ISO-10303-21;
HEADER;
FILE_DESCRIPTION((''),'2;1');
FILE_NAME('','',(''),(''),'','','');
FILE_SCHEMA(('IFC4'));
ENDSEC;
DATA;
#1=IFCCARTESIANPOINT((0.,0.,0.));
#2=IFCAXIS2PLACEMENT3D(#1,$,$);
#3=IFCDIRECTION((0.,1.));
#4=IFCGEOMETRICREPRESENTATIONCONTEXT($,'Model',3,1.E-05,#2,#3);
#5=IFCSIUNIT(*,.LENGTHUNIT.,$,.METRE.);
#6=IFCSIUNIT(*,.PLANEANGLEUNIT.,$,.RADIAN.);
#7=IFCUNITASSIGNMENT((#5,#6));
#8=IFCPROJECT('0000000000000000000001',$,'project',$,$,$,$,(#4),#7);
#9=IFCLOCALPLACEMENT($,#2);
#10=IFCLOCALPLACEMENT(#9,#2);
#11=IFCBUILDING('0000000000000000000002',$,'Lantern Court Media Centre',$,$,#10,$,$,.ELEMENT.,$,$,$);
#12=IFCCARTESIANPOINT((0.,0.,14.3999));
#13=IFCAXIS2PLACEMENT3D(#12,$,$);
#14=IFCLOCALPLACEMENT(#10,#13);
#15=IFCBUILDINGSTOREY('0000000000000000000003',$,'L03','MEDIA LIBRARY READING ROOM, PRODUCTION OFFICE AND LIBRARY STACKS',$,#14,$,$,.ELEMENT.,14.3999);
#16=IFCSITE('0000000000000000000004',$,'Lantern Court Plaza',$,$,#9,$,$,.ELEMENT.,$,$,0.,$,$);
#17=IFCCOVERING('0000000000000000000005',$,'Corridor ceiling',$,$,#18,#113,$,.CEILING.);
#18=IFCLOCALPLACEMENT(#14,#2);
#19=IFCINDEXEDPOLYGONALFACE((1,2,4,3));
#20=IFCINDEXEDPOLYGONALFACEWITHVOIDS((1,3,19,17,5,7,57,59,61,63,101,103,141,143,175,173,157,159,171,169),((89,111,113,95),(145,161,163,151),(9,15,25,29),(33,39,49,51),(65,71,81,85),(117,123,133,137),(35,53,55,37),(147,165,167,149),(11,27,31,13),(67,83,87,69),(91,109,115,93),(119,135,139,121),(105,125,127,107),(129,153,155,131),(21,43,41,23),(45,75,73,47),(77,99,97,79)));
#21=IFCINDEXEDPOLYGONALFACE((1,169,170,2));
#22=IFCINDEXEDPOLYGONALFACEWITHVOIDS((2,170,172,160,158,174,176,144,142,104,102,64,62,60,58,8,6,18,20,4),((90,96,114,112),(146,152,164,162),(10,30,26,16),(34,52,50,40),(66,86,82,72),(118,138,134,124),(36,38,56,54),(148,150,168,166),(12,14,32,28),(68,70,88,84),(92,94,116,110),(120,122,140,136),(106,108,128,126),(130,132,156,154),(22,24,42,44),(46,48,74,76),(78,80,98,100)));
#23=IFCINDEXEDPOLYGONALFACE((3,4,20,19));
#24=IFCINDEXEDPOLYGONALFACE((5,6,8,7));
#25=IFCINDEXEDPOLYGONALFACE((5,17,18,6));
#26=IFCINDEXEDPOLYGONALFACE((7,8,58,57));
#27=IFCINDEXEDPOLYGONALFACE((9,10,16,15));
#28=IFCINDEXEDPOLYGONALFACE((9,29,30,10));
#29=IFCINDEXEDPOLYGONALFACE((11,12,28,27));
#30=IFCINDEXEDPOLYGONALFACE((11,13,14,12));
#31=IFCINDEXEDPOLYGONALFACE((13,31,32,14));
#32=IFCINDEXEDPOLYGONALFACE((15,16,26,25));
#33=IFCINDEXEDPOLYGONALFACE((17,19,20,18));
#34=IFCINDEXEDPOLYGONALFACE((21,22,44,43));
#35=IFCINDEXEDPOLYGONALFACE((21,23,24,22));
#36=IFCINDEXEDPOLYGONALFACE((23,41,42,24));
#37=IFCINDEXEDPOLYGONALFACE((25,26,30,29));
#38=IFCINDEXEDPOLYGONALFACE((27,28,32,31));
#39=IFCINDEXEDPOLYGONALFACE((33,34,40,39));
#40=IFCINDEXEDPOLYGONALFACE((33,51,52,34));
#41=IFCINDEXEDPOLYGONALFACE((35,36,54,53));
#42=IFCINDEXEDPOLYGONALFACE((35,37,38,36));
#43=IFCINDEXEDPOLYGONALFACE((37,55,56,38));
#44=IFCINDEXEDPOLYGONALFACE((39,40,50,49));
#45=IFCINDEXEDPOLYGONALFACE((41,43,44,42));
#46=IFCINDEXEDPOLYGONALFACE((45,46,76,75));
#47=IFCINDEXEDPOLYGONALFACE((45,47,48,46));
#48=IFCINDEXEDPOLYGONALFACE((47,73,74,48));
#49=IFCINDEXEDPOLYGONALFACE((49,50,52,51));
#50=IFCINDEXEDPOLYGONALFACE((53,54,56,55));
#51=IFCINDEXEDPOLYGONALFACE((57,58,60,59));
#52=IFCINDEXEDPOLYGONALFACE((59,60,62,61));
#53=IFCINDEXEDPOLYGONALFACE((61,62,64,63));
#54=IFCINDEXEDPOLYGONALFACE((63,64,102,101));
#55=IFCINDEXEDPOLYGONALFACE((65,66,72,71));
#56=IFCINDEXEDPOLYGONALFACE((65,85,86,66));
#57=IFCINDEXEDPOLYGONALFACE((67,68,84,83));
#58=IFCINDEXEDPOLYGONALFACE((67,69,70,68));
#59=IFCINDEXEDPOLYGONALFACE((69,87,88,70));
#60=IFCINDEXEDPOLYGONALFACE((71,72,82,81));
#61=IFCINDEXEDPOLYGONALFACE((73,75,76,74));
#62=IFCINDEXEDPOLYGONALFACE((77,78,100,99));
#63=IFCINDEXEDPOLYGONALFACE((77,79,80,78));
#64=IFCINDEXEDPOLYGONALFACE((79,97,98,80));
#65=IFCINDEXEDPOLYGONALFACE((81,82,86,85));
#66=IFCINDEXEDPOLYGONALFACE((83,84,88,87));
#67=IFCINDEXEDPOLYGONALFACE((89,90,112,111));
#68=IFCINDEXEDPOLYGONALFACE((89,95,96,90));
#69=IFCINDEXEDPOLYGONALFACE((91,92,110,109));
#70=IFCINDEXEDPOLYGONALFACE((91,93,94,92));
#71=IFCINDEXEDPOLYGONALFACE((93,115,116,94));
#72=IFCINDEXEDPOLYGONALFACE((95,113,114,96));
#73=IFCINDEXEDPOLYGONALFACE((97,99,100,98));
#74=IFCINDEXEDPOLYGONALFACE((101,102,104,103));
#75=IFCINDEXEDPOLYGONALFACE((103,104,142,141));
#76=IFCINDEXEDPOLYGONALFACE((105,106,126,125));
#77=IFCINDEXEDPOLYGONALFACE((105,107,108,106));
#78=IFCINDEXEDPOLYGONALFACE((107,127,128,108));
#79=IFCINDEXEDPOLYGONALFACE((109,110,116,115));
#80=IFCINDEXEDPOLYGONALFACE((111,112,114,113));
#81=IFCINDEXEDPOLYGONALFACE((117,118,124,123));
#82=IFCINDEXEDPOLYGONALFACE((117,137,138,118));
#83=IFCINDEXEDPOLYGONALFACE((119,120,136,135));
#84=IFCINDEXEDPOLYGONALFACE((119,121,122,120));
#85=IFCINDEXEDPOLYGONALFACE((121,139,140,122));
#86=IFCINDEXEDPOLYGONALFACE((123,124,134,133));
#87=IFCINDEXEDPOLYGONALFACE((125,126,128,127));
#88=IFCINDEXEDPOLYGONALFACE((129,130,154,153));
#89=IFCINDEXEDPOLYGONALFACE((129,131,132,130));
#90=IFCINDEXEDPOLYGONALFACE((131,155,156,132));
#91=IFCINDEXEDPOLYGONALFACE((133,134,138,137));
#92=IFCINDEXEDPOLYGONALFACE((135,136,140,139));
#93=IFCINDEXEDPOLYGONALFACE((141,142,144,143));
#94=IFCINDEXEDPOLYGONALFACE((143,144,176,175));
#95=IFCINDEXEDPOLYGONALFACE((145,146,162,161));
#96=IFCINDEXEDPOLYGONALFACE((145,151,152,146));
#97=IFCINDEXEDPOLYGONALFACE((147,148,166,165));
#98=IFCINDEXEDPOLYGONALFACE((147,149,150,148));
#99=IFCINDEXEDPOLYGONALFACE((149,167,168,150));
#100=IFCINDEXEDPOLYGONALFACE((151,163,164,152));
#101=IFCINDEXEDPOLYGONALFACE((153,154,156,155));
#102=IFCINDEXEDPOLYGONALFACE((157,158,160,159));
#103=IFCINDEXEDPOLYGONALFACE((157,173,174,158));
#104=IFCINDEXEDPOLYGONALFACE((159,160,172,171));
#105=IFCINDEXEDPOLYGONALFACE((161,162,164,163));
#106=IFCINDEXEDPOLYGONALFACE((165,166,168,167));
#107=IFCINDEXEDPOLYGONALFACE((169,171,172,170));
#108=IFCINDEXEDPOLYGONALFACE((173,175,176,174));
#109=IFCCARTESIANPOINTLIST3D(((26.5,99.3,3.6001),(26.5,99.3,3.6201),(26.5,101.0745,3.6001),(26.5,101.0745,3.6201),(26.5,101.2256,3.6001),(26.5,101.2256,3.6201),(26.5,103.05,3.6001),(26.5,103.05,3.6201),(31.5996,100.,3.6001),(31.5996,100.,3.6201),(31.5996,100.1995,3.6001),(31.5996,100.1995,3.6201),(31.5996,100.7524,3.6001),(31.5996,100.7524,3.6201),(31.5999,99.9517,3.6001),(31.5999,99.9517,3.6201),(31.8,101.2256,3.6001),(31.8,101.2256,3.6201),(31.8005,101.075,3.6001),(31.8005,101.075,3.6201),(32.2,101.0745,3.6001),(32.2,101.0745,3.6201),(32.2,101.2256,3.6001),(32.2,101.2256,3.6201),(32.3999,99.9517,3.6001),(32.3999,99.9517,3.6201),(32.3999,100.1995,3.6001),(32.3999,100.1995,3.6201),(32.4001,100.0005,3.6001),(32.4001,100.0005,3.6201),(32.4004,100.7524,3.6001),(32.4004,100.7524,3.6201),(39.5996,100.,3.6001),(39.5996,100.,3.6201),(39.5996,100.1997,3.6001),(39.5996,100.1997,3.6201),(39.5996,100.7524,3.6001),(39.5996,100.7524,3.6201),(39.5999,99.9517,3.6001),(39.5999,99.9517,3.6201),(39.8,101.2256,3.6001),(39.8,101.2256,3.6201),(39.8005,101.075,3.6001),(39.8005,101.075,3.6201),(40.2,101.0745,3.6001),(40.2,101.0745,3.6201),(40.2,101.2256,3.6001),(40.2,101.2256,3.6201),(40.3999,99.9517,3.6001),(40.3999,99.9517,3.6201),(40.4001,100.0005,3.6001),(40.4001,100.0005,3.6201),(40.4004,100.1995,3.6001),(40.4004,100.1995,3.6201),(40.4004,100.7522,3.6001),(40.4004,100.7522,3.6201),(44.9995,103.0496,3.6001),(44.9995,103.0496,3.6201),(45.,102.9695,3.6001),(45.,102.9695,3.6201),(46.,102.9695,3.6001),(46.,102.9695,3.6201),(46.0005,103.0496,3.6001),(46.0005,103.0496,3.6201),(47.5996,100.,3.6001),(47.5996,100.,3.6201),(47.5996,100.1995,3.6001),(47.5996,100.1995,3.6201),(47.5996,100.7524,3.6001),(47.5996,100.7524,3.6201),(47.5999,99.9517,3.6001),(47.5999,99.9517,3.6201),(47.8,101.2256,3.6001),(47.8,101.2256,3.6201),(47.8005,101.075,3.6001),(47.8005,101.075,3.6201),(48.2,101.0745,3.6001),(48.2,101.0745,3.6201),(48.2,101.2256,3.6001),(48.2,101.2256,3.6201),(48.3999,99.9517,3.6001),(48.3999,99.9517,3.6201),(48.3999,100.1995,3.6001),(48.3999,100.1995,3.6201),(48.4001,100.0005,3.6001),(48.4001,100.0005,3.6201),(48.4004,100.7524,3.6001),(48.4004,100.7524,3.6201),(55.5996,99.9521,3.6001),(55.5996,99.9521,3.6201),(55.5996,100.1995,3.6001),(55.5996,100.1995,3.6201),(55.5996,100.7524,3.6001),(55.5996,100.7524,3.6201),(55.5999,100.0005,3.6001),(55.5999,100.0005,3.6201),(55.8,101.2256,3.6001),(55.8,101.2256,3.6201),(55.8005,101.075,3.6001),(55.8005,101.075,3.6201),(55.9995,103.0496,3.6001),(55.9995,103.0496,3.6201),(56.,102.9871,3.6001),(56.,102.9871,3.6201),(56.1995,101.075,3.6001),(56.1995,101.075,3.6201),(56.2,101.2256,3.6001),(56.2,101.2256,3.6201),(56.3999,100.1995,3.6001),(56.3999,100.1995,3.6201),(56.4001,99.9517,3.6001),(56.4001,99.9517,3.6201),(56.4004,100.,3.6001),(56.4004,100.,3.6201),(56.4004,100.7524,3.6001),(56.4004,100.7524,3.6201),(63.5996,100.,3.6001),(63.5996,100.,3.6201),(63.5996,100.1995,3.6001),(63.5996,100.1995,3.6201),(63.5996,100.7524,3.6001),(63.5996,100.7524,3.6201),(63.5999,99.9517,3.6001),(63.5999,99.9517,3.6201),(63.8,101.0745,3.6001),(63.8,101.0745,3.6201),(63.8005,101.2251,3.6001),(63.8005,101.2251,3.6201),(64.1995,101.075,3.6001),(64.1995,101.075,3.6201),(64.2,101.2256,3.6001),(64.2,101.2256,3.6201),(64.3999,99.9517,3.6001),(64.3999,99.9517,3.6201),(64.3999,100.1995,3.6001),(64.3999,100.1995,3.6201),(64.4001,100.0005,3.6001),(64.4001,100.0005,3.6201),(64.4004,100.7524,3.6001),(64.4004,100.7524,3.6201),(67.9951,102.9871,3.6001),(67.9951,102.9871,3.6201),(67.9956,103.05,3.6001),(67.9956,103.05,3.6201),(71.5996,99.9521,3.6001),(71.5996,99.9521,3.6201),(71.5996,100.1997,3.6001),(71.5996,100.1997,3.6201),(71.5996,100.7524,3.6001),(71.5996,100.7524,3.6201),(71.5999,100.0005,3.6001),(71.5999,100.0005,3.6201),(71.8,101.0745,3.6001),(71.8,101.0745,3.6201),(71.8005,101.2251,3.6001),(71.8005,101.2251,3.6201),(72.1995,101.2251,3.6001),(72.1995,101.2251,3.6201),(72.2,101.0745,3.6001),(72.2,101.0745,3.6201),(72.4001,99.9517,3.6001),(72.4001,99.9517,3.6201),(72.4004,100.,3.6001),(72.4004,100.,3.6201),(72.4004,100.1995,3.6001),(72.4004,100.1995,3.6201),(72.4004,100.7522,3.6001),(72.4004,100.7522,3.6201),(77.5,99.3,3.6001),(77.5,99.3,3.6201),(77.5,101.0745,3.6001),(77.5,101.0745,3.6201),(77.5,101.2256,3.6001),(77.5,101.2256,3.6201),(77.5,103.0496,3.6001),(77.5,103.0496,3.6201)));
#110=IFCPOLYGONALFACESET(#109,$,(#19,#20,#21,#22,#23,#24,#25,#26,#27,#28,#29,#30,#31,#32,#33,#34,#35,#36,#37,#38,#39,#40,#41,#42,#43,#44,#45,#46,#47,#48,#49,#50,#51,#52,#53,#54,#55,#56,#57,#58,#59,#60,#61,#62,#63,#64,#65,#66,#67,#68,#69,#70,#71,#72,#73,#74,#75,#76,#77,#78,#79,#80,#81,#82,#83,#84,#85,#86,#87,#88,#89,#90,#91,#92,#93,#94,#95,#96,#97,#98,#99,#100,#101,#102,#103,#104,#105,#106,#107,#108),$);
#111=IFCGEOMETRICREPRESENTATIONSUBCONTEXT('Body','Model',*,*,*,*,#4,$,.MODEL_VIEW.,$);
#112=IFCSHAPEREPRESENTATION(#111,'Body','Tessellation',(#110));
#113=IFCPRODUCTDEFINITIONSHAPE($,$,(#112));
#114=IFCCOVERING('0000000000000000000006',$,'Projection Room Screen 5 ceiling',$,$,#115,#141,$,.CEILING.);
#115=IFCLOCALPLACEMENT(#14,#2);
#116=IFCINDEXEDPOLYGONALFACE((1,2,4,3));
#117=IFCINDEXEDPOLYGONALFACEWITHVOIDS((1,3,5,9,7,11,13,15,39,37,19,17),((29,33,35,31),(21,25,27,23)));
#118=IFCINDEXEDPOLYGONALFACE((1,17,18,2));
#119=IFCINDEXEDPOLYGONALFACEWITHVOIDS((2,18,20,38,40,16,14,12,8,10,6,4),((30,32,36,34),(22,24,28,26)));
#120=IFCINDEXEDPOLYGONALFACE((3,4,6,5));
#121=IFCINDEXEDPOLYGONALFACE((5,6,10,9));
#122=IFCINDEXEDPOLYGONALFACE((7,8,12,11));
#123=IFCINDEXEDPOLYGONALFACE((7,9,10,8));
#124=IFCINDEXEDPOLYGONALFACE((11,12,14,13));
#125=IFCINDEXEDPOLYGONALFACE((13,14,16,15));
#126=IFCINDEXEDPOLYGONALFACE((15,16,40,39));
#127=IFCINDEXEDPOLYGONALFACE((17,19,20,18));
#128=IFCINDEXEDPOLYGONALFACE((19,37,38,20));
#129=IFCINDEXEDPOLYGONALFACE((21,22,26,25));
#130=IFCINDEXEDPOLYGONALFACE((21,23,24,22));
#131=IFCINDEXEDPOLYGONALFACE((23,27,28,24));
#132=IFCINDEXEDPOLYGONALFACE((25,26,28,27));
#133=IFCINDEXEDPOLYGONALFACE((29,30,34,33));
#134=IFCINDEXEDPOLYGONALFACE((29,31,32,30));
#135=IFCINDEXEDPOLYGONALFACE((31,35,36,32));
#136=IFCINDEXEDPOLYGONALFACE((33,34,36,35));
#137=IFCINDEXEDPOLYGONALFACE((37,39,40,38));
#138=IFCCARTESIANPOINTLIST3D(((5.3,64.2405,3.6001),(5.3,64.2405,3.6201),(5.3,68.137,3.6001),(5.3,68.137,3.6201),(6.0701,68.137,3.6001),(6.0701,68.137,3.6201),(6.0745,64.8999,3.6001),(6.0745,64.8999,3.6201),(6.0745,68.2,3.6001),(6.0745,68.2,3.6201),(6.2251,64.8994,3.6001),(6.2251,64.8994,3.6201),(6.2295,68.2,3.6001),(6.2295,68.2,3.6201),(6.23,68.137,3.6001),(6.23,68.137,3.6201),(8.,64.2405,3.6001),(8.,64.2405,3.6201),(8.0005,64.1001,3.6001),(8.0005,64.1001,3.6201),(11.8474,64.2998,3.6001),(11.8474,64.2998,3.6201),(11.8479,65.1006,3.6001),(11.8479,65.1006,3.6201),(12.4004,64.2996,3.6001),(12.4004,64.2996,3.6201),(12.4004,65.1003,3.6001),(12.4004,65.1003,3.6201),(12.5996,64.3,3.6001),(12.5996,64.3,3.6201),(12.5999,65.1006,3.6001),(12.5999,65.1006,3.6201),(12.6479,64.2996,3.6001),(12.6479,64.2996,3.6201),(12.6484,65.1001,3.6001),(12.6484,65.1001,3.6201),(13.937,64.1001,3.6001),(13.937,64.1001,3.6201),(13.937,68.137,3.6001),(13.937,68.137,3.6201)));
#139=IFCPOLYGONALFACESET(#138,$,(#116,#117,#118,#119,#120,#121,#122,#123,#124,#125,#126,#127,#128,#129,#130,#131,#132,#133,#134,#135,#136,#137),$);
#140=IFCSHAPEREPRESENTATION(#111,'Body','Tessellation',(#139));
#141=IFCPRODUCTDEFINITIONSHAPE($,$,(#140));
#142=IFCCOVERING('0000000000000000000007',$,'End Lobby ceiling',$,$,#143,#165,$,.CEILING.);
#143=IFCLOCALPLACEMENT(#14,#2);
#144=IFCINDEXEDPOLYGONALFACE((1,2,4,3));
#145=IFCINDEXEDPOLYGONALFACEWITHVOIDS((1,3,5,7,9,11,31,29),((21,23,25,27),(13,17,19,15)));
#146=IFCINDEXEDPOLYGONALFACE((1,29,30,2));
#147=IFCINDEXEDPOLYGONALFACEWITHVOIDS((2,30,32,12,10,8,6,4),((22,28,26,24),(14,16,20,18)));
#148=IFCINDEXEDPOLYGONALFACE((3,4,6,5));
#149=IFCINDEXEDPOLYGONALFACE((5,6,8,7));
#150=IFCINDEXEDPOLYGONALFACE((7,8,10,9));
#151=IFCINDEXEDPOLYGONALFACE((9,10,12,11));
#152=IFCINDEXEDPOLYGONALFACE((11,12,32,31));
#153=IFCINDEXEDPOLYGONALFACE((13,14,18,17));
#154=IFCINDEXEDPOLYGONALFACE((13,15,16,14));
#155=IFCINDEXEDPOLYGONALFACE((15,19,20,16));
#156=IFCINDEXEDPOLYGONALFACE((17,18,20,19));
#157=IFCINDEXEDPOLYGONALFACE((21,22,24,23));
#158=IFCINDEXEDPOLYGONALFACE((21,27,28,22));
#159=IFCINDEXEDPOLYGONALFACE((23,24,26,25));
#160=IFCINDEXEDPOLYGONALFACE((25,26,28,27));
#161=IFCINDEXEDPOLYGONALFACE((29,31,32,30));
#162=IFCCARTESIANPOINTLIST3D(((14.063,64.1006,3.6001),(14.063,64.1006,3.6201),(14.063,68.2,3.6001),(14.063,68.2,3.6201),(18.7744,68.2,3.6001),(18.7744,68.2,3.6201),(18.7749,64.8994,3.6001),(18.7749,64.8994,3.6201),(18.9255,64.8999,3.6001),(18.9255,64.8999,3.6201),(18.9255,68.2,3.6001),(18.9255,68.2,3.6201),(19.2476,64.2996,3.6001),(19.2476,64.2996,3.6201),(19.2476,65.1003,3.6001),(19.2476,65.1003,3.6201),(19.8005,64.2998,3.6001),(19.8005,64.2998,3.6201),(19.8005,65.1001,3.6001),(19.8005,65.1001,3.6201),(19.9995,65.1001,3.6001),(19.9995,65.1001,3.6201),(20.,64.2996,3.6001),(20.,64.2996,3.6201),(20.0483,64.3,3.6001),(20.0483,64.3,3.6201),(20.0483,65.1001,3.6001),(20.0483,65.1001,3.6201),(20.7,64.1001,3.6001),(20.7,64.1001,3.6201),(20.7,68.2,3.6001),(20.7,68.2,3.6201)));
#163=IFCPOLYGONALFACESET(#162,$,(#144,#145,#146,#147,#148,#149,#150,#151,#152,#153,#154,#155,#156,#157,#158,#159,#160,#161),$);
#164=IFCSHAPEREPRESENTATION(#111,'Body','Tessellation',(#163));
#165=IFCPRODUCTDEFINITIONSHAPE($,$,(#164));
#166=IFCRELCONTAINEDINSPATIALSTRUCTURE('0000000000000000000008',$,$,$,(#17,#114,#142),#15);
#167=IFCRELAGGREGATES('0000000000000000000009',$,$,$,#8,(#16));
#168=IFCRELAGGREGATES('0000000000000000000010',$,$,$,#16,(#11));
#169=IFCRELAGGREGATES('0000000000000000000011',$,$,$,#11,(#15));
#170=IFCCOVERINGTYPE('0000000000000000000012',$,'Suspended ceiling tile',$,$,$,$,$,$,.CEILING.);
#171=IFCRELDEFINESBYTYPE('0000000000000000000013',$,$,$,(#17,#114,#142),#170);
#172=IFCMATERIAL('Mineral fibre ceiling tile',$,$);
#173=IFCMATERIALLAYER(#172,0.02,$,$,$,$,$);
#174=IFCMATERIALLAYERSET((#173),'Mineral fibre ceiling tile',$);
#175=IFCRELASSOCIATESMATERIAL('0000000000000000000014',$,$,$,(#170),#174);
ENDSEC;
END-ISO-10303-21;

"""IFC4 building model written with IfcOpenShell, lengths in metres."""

from ifc_helpers import new_model, si_unit, direction, frame, origin, place, context, subcontext, project, spatial, polyline, outline, extrude, material, layer, layer_set, type_object, element, save


model = new_model("IFC4")

# Units and contexts
model_context = context("Model", 3, precision=1e-05, world=origin(), true_north=direction((0.0, 1.0)))
body_context = subcontext(model_context, "Body", "Model", "MODEL_VIEW")
ifc_project = project(units=[si_unit("LENGTHUNIT", "METRE"), si_unit("PLANEANGLEUNIT", "RADIAN")], contexts=[model_context])

# Site, building, storey
site_placement = place(None, origin())
site = spatial("IfcSite", under=ifc_project, at=site_placement, Name="Lantern Court Plaza", CompositionType="ELEMENT", RefElevation=0.0)
building_placement = place(site_placement, origin())
building = spatial("IfcBuilding", under=site, at=building_placement, Name="Lantern Court Media Centre", CompositionType="ELEMENT")
storey_placement = place(building_placement, frame((0.0, 0.0, 14.3999)))
storey = spatial("IfcBuildingStorey", under=building, at=storey_placement, Name="L03", Description="MEDIA LIBRARY READING ROOM, PRODUCTION OFFICE AND LIBRARY STACKS", CompositionType="ELEMENT", Elevation=14.3999)

# Coverings
ifc_material_1 = material(Name="Mineral fibre ceiling tile")
ifc_layer_1 = layer(ifc_material_1, 0.02)
ifc_layer_set_1 = layer_set([ifc_layer_1], Name="Mineral fibre ceiling tile")
covering_type_1 = type_object("IfcCoveringType", Name="Suspended ceiling tile", PredefinedType="CEILING", material=ifc_layer_set_1)
covering_1_placement = place(storey_placement, frame((0.0, 0.0, 3.6001)))
element("IfcCovering", 1, at=covering_1_placement, inside=storey, type_object=covering_type_1, Name="Corridor ceiling", PredefinedType="CEILING", context=body_context, shape_type="SweptSolid", body=[
    extrude(outline(polyline([(77.5, 99.3), (26.5, 99.3), (26.5, 101.0745), (31.8005, 101.075), (31.8, 101.2256), (26.5, 101.2256), (26.5, 103.05), (44.9995, 103.0496), (45.0, 102.9695), (46.0, 102.9695), (46.0005, 103.0496), (55.9995, 103.0496), (56.0, 102.9871), (67.9951, 102.9871), (67.9956, 103.05), (77.5, 103.0496), (77.5, 101.2256), (72.1995, 101.2251), (72.2, 101.0745), (77.5, 101.0745), (77.5, 99.3)]), holes=[polyline([(72.4004, 100.0), (71.5999, 100.0005), (71.5996, 99.9521), (72.4001, 99.9517), (72.4004, 100.0)]), polyline([(72.4004, 100.7522), (71.5996, 100.7524), (71.5996, 100.1997), (72.4004, 100.1995), (72.4004, 100.7522)]), polyline([(64.1995, 101.075), (71.8, 101.0745), (71.8005, 101.2251), (64.2, 101.2256), (64.1995, 101.075)]), polyline([(64.3999, 99.9517), (64.4001, 100.0005), (63.5996, 100.0), (63.5999, 99.9517), (64.3999, 99.9517)]), polyline([(64.3999, 100.1995), (64.4004, 100.7524), (63.5996, 100.7524), (63.5996, 100.1995), (64.3999, 100.1995)]), polyline([(56.1995, 101.075), (63.8, 101.0745), (63.8005, 101.2251), (56.2, 101.2256), (56.1995, 101.075)]), polyline([(56.4004, 100.0), (55.5999, 100.0005), (55.5996, 99.9521), (56.4001, 99.9517), (56.4004, 100.0)]), polyline([(56.3999, 100.1995), (56.4004, 100.7524), (55.5996, 100.7524), (55.5996, 100.1995), (56.3999, 100.1995)]), polyline([(48.2, 101.2256), (48.2, 101.0745), (55.8005, 101.075), (55.8, 101.2256), (48.2, 101.2256)]), polyline([(48.3999, 99.9517), (48.4001, 100.0005), (47.5996, 100.0), (47.5999, 99.9517), (48.3999, 99.9517)]), polyline([(48.3999, 100.1995), (48.4004, 100.7524), (47.5996, 100.7524), (47.5996, 100.1995), (48.3999, 100.1995)]), polyline([(40.2, 101.2256), (40.2, 101.0745), (47.8005, 101.075), (47.8, 101.2256), (40.2, 101.2256)]), polyline([(40.3999, 99.9517), (40.4001, 100.0005), (39.5996, 100.0), (39.5999, 99.9517), (40.3999, 99.9517)]), polyline([(40.4004, 100.7522), (39.5996, 100.7524), (39.5996, 100.1997), (40.4004, 100.1995), (40.4004, 100.7522)]), polyline([(32.2, 101.2256), (32.2, 101.0745), (39.8005, 101.075), (39.8, 101.2256), (32.2, 101.2256)]), polyline([(32.3999, 99.9517), (32.4001, 100.0005), (31.5996, 100.0), (31.5999, 99.9517), (32.3999, 99.9517)]), polyline([(32.3999, 100.1995), (32.4004, 100.7524), (31.5996, 100.7524), (31.5996, 100.1995), (32.3999, 100.1995)])]), origin(), (0.0, 0.0, 1.0), 0.02),
])
covering_2_placement = place(storey_placement, frame((0.0, 0.0, 3.6001)))
element("IfcCovering", 2, at=covering_2_placement, inside=storey, type_object=covering_type_1, Name="Projection Room Screen 5 ceiling", PredefinedType="CEILING", context=body_context, shape_type="SweptSolid", body=[
    extrude(outline(polyline([(6.2295, 68.2), (6.23, 68.137), (13.937, 68.137), (13.937, 64.1001), (8.0005, 64.1001), (8.0, 64.2405), (5.3, 64.2405), (5.3, 68.137), (6.0701, 68.137), (6.0745, 68.2), (6.0745, 64.8999), (6.2251, 64.8994), (6.2295, 68.2)]), holes=[polyline([(12.6479, 64.2996), (12.6484, 65.1001), (12.5999, 65.1006), (12.5996, 64.3), (12.6479, 64.2996)]), polyline([(11.8479, 65.1006), (11.8474, 64.2998), (12.4004, 64.2996), (12.4004, 65.1003), (11.8479, 65.1006)])]), origin(), (0.0, 0.0, 1.0), 0.02),
])
covering_3_placement = place(storey_placement, frame((0.0, 0.0, 3.6001)))
element("IfcCovering", 3, at=covering_3_placement, inside=storey, type_object=covering_type_1, Name="End Lobby ceiling", PredefinedType="CEILING", context=body_context, shape_type="SweptSolid", body=[
    extrude(outline(polyline([(20.7, 68.2), (20.7, 64.1001), (14.063, 64.1006), (14.063, 68.2), (18.7744, 68.2), (18.7749, 64.8994), (18.9255, 64.8999), (18.9255, 68.2), (20.7, 68.2)]), holes=[polyline([(20.0483, 65.1001), (19.9995, 65.1001), (20.0, 64.2996), (20.0483, 64.3), (20.0483, 65.1001)]), polyline([(19.8005, 65.1001), (19.2476, 65.1003), (19.2476, 64.2996), (19.8005, 64.2998), (19.8005, 65.1001)])]), origin(), (0.0, 0.0, 1.0), 0.02),
])

save(model, "model.ifc")
